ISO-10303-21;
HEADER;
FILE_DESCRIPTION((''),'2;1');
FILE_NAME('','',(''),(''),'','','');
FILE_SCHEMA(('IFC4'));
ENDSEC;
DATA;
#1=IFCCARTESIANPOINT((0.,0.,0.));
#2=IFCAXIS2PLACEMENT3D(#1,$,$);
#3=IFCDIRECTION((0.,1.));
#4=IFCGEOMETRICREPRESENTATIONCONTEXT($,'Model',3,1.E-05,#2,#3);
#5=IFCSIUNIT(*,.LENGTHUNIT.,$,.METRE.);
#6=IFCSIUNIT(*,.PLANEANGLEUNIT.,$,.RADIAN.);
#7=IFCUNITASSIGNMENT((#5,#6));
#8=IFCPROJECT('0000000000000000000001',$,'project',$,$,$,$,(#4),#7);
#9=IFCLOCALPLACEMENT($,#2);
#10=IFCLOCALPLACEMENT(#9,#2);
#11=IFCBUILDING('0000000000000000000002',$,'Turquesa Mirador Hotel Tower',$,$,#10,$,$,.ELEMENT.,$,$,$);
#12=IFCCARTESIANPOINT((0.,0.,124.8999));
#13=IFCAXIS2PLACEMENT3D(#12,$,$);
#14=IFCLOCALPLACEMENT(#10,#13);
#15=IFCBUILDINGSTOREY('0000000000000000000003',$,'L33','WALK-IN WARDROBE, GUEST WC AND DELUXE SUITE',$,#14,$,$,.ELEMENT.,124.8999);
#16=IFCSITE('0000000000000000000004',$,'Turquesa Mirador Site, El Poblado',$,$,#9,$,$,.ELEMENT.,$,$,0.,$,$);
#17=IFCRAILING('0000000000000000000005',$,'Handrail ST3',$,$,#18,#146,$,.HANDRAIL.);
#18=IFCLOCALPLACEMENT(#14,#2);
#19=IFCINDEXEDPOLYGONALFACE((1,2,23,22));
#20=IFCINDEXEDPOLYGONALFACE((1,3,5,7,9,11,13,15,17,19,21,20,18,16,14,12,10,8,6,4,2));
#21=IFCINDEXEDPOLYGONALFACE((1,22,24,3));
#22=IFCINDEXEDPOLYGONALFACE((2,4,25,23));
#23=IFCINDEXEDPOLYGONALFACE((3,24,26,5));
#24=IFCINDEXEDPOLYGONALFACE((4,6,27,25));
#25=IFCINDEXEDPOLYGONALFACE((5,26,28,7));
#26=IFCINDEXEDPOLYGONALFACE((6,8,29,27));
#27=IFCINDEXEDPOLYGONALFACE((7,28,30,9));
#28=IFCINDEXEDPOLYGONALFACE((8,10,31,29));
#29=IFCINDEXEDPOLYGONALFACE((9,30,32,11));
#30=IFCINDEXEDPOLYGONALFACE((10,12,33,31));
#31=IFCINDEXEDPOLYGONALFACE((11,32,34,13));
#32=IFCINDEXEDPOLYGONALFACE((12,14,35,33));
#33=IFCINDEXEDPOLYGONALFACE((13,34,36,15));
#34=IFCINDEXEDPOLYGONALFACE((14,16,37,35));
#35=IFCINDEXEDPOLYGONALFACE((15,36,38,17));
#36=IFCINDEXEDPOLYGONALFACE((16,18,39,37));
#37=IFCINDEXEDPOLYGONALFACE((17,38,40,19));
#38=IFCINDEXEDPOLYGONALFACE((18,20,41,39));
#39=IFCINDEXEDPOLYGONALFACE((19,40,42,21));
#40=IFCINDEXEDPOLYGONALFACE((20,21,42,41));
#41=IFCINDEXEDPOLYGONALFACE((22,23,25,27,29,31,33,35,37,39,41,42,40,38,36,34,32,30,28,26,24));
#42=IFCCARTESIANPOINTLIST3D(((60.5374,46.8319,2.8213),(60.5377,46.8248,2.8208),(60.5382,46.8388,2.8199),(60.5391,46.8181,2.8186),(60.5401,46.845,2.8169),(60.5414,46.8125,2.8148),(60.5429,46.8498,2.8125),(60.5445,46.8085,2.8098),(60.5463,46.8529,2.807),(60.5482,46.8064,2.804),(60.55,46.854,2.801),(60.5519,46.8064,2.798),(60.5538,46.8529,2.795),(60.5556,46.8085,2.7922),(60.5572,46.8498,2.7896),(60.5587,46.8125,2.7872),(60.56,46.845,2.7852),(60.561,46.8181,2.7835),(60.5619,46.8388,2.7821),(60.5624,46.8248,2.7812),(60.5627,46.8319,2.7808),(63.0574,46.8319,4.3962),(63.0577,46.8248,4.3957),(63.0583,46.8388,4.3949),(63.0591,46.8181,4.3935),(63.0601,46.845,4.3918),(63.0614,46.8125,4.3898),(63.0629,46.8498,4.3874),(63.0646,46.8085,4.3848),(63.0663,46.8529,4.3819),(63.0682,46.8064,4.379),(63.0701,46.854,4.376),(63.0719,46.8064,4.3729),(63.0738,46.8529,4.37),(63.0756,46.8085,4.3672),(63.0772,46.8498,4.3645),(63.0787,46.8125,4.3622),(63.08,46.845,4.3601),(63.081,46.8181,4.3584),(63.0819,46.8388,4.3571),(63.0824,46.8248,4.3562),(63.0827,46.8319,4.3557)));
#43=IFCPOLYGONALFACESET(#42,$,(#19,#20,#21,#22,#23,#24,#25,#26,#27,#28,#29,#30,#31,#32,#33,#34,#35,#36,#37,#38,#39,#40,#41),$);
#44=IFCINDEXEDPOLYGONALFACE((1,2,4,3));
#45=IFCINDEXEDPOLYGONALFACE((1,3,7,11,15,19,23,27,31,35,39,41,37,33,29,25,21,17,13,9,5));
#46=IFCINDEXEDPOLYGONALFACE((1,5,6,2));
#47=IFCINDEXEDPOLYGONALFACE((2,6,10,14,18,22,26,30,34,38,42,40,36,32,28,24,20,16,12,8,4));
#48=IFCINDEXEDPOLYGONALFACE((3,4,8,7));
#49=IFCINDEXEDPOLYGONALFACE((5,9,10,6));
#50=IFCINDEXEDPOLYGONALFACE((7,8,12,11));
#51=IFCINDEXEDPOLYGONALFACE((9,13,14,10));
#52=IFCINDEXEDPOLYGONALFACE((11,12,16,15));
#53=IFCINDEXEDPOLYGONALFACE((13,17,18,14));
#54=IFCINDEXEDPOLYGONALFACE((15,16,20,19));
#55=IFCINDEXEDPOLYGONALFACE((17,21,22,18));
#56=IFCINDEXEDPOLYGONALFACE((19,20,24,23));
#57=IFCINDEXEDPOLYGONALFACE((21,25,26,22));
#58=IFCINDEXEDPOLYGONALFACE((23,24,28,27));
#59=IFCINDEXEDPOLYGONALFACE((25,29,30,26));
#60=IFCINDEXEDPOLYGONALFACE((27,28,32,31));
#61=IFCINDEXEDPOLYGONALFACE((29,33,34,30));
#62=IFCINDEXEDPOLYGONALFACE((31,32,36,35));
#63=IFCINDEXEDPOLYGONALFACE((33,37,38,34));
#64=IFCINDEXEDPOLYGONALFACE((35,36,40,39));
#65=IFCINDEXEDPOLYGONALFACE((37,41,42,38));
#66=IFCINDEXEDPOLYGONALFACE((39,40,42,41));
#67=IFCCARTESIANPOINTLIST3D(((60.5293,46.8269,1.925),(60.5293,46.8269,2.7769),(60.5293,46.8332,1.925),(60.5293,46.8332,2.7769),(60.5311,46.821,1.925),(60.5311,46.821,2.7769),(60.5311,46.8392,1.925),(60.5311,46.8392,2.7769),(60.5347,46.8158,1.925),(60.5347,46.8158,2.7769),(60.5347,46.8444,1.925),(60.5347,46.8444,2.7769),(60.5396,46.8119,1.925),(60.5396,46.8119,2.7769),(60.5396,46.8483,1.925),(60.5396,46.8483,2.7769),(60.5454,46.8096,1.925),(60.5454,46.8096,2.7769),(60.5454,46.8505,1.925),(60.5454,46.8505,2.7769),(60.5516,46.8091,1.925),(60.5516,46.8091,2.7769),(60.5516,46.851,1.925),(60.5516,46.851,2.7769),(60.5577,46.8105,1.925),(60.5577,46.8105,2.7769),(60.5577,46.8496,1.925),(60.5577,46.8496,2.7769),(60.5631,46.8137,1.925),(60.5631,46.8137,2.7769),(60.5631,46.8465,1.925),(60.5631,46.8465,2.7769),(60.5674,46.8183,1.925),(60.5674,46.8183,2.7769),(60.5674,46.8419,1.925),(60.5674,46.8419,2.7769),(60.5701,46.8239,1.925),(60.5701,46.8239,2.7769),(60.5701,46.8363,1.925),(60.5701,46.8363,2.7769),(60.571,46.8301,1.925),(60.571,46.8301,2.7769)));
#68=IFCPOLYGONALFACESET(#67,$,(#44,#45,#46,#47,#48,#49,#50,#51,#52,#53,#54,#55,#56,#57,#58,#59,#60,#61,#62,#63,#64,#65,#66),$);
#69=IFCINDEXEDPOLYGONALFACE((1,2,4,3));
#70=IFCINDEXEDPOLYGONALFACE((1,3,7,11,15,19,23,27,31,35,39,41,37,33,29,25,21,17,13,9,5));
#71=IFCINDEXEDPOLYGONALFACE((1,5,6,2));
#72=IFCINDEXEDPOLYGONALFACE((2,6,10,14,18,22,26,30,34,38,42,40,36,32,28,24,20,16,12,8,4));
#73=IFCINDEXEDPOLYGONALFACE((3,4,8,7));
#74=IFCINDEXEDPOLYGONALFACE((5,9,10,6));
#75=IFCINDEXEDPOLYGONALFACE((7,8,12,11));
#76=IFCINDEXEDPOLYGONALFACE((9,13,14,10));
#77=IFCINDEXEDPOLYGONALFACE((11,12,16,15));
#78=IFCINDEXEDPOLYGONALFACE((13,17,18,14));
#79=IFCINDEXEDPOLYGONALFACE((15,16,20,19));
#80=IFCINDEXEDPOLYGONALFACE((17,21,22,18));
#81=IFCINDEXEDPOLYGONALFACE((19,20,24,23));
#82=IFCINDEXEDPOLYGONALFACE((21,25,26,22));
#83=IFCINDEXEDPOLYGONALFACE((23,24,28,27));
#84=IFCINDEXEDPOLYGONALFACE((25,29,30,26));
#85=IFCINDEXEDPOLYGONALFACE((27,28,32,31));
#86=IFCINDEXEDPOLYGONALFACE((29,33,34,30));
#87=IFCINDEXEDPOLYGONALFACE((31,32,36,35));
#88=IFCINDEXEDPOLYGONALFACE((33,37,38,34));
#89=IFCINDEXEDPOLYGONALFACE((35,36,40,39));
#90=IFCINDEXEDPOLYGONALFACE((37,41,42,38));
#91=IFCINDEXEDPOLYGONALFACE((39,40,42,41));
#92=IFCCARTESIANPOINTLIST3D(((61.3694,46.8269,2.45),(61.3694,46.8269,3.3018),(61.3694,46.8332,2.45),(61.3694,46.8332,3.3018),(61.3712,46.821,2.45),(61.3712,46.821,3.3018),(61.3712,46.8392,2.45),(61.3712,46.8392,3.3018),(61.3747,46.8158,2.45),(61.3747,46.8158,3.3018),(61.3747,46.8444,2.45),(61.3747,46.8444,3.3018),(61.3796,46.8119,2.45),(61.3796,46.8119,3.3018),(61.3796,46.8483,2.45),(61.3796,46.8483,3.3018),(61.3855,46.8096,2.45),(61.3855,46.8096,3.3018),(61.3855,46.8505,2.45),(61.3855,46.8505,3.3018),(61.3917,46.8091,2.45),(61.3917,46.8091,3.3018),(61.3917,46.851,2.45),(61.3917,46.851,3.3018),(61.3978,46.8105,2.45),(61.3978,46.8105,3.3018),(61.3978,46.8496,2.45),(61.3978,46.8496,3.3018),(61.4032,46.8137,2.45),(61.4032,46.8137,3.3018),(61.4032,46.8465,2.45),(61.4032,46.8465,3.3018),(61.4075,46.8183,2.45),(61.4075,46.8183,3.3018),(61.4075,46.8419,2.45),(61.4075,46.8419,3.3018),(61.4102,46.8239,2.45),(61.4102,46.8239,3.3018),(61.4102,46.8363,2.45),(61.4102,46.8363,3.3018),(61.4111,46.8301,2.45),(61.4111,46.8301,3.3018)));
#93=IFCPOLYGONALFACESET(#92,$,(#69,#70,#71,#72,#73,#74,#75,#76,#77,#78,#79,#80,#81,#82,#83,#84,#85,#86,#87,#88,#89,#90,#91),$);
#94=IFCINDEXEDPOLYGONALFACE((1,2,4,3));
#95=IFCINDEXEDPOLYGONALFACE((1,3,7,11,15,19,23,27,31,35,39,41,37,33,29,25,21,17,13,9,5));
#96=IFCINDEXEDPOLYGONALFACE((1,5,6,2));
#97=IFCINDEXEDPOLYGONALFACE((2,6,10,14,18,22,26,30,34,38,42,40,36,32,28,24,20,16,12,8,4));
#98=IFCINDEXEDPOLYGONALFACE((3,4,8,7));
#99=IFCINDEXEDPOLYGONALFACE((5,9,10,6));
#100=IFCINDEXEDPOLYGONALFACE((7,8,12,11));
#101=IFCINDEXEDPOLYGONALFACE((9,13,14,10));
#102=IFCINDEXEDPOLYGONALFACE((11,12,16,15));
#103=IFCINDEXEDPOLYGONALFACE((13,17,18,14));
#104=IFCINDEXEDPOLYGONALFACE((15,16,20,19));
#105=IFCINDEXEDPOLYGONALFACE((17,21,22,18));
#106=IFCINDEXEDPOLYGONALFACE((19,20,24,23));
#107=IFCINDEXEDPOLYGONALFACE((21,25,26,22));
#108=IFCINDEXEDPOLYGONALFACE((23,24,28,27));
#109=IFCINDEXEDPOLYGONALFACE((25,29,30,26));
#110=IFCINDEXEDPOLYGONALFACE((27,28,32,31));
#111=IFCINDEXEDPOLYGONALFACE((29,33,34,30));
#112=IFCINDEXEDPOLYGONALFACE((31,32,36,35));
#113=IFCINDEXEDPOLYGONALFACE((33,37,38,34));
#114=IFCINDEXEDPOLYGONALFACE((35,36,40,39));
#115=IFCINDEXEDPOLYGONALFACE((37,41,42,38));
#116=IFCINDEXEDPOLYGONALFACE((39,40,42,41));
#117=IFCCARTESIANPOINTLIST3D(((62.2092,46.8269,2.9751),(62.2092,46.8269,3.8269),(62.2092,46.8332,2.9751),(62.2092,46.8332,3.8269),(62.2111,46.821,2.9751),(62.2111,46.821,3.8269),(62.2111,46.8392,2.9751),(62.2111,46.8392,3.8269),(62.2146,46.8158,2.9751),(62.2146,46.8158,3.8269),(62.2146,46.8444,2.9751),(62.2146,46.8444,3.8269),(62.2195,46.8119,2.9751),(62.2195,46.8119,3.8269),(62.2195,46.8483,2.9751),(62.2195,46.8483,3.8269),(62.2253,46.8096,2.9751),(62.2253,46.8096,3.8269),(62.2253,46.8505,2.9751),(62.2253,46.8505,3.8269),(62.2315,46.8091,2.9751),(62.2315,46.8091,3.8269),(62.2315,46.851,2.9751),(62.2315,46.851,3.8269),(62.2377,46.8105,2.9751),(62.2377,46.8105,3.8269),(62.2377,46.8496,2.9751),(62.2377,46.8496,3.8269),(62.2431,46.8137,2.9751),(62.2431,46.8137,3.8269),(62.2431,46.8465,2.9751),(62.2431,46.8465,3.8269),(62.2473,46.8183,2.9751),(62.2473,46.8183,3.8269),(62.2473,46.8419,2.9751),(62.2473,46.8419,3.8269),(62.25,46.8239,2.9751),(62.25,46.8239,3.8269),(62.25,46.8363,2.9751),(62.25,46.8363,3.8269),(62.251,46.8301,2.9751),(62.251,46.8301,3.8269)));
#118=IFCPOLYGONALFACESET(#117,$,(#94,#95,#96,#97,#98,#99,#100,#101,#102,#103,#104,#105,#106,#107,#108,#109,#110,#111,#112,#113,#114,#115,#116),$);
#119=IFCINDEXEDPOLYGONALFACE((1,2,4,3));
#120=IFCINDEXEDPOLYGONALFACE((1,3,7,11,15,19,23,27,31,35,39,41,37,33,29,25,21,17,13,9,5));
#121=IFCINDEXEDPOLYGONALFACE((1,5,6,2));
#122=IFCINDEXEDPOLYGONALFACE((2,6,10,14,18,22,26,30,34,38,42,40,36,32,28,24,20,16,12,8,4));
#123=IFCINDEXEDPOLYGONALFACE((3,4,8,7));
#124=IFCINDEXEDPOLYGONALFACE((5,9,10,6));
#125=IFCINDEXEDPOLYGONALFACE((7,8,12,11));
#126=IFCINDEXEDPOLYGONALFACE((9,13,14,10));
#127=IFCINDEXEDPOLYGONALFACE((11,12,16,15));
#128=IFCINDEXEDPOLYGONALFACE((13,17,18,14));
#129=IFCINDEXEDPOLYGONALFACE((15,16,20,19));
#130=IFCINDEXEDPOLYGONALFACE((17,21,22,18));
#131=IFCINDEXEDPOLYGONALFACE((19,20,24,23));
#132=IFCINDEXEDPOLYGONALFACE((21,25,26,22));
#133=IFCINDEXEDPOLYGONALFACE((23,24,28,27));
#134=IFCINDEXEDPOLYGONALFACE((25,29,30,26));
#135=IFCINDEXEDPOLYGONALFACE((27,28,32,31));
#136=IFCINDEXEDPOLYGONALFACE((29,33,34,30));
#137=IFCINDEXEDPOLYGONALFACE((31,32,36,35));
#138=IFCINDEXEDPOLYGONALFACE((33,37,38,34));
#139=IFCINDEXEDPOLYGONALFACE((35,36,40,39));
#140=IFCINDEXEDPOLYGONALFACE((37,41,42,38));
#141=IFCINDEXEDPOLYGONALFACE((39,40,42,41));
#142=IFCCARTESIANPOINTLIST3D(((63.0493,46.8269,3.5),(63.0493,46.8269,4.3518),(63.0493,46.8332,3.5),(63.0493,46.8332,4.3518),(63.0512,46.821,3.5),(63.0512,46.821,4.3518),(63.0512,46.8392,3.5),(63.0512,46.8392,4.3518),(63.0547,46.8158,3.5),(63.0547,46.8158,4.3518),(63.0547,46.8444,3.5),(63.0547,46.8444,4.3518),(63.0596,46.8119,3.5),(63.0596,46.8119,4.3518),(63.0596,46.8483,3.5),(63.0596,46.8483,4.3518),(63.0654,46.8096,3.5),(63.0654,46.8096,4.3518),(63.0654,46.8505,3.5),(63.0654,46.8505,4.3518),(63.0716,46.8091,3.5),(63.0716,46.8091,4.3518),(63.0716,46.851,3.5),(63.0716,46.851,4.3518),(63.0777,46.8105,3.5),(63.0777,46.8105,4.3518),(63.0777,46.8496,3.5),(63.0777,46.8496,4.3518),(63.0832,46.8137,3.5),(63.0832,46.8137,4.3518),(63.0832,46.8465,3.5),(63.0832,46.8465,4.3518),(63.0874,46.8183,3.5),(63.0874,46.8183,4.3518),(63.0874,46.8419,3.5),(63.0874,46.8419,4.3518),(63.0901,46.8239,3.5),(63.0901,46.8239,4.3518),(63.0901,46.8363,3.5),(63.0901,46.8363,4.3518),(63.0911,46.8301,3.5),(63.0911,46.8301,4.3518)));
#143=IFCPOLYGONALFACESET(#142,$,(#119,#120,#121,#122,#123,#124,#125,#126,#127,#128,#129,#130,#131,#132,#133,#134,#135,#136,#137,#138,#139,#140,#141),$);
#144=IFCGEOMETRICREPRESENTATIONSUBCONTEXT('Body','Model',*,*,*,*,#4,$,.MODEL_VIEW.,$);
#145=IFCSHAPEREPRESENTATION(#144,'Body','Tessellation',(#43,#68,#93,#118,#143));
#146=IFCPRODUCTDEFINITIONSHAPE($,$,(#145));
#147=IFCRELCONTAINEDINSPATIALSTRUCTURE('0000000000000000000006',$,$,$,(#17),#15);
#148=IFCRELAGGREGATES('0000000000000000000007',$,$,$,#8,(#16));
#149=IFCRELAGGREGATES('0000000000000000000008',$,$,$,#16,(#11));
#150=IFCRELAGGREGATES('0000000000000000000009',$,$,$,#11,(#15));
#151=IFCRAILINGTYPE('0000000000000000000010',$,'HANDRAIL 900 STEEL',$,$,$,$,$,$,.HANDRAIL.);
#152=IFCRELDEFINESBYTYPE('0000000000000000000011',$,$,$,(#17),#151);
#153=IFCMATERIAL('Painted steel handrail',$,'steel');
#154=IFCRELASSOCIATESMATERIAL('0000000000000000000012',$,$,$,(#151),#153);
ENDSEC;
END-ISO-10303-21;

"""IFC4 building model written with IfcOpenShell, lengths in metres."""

from ifc_helpers import new_model, si_unit, direction, frame, origin, origin_2d, place, context, subcontext, project, spatial, circle, extrude, material, type_object, element, save


model = new_model("IFC4")

# Units and contexts
model_context = context("Model", 3, precision=1e-05, world=origin(), true_north=direction((0.0, 1.0)))
body_context = subcontext(model_context, "Body", "Model", "MODEL_VIEW")
ifc_project = project(units=[si_unit("LENGTHUNIT", "METRE"), si_unit("PLANEANGLEUNIT", "RADIAN")], contexts=[model_context])

# Site, building, storey
site_placement = place(None, origin())
site = spatial("IfcSite", under=ifc_project, at=site_placement, Name="Turquesa Mirador Site, El Poblado", CompositionType="ELEMENT", RefElevation=0.0)
building_placement = place(site_placement, origin())
building = spatial("IfcBuilding", under=site, at=building_placement, Name="Turquesa Mirador Hotel Tower", CompositionType="ELEMENT")
storey_placement = place(building_placement, frame((0.0, 0.0, 124.8999)))
storey = spatial("IfcBuildingStorey", under=building, at=storey_placement, Name="L33", Description="WALK-IN WARDROBE, GUEST WC AND DELUXE SUITE", CompositionType="ELEMENT", Elevation=124.8999)

# Railing
ifc_material_1 = material(Name="Painted steel handrail", Category="steel")
railing_type = type_object("IfcRailingType", Name="HANDRAIL 900 STEEL", PredefinedType="HANDRAIL", material=ifc_material_1)
railing_1_placement = place(storey_placement, frame((60.55, 46.8301, 1.925)))
element("IfcRailing", 1, at=railing_1_placement, inside=storey, type_object=railing_type, Name="Handrail ST3", PredefinedType="HANDRAIL", context=body_context, shape_type="SweptSolid", body=[
    extrude(circle(Radius=0.0239, at=origin_2d()), frame((0.0, 0.0, 0.876), z_axis=(0.848008, 0.0, 0.529984), x_axis=(0.0, 1.0, 0.0)), (0.0, 0.0, 1.0), 2.9717),
    extrude(circle(Radius=0.021, at=origin_2d()), origin(), (0.0, 0.0, 1.0), 0.8518),
    extrude(circle(Radius=0.021, at=origin_2d()), frame((0.8401, 0.0, 0.5249)), (0.0, 0.0, 1.0), 0.8518),
    extrude(circle(Radius=0.021, at=origin_2d()), frame((1.6799, 0.0, 1.05)), (0.0, 0.0, 1.0), 0.8518),
    extrude(circle(Radius=0.021, at=origin_2d()), frame((2.52, 0.0, 1.575)), (0.0, 0.0, 1.0), 0.8518),
])

save(model, "model.ifc")
